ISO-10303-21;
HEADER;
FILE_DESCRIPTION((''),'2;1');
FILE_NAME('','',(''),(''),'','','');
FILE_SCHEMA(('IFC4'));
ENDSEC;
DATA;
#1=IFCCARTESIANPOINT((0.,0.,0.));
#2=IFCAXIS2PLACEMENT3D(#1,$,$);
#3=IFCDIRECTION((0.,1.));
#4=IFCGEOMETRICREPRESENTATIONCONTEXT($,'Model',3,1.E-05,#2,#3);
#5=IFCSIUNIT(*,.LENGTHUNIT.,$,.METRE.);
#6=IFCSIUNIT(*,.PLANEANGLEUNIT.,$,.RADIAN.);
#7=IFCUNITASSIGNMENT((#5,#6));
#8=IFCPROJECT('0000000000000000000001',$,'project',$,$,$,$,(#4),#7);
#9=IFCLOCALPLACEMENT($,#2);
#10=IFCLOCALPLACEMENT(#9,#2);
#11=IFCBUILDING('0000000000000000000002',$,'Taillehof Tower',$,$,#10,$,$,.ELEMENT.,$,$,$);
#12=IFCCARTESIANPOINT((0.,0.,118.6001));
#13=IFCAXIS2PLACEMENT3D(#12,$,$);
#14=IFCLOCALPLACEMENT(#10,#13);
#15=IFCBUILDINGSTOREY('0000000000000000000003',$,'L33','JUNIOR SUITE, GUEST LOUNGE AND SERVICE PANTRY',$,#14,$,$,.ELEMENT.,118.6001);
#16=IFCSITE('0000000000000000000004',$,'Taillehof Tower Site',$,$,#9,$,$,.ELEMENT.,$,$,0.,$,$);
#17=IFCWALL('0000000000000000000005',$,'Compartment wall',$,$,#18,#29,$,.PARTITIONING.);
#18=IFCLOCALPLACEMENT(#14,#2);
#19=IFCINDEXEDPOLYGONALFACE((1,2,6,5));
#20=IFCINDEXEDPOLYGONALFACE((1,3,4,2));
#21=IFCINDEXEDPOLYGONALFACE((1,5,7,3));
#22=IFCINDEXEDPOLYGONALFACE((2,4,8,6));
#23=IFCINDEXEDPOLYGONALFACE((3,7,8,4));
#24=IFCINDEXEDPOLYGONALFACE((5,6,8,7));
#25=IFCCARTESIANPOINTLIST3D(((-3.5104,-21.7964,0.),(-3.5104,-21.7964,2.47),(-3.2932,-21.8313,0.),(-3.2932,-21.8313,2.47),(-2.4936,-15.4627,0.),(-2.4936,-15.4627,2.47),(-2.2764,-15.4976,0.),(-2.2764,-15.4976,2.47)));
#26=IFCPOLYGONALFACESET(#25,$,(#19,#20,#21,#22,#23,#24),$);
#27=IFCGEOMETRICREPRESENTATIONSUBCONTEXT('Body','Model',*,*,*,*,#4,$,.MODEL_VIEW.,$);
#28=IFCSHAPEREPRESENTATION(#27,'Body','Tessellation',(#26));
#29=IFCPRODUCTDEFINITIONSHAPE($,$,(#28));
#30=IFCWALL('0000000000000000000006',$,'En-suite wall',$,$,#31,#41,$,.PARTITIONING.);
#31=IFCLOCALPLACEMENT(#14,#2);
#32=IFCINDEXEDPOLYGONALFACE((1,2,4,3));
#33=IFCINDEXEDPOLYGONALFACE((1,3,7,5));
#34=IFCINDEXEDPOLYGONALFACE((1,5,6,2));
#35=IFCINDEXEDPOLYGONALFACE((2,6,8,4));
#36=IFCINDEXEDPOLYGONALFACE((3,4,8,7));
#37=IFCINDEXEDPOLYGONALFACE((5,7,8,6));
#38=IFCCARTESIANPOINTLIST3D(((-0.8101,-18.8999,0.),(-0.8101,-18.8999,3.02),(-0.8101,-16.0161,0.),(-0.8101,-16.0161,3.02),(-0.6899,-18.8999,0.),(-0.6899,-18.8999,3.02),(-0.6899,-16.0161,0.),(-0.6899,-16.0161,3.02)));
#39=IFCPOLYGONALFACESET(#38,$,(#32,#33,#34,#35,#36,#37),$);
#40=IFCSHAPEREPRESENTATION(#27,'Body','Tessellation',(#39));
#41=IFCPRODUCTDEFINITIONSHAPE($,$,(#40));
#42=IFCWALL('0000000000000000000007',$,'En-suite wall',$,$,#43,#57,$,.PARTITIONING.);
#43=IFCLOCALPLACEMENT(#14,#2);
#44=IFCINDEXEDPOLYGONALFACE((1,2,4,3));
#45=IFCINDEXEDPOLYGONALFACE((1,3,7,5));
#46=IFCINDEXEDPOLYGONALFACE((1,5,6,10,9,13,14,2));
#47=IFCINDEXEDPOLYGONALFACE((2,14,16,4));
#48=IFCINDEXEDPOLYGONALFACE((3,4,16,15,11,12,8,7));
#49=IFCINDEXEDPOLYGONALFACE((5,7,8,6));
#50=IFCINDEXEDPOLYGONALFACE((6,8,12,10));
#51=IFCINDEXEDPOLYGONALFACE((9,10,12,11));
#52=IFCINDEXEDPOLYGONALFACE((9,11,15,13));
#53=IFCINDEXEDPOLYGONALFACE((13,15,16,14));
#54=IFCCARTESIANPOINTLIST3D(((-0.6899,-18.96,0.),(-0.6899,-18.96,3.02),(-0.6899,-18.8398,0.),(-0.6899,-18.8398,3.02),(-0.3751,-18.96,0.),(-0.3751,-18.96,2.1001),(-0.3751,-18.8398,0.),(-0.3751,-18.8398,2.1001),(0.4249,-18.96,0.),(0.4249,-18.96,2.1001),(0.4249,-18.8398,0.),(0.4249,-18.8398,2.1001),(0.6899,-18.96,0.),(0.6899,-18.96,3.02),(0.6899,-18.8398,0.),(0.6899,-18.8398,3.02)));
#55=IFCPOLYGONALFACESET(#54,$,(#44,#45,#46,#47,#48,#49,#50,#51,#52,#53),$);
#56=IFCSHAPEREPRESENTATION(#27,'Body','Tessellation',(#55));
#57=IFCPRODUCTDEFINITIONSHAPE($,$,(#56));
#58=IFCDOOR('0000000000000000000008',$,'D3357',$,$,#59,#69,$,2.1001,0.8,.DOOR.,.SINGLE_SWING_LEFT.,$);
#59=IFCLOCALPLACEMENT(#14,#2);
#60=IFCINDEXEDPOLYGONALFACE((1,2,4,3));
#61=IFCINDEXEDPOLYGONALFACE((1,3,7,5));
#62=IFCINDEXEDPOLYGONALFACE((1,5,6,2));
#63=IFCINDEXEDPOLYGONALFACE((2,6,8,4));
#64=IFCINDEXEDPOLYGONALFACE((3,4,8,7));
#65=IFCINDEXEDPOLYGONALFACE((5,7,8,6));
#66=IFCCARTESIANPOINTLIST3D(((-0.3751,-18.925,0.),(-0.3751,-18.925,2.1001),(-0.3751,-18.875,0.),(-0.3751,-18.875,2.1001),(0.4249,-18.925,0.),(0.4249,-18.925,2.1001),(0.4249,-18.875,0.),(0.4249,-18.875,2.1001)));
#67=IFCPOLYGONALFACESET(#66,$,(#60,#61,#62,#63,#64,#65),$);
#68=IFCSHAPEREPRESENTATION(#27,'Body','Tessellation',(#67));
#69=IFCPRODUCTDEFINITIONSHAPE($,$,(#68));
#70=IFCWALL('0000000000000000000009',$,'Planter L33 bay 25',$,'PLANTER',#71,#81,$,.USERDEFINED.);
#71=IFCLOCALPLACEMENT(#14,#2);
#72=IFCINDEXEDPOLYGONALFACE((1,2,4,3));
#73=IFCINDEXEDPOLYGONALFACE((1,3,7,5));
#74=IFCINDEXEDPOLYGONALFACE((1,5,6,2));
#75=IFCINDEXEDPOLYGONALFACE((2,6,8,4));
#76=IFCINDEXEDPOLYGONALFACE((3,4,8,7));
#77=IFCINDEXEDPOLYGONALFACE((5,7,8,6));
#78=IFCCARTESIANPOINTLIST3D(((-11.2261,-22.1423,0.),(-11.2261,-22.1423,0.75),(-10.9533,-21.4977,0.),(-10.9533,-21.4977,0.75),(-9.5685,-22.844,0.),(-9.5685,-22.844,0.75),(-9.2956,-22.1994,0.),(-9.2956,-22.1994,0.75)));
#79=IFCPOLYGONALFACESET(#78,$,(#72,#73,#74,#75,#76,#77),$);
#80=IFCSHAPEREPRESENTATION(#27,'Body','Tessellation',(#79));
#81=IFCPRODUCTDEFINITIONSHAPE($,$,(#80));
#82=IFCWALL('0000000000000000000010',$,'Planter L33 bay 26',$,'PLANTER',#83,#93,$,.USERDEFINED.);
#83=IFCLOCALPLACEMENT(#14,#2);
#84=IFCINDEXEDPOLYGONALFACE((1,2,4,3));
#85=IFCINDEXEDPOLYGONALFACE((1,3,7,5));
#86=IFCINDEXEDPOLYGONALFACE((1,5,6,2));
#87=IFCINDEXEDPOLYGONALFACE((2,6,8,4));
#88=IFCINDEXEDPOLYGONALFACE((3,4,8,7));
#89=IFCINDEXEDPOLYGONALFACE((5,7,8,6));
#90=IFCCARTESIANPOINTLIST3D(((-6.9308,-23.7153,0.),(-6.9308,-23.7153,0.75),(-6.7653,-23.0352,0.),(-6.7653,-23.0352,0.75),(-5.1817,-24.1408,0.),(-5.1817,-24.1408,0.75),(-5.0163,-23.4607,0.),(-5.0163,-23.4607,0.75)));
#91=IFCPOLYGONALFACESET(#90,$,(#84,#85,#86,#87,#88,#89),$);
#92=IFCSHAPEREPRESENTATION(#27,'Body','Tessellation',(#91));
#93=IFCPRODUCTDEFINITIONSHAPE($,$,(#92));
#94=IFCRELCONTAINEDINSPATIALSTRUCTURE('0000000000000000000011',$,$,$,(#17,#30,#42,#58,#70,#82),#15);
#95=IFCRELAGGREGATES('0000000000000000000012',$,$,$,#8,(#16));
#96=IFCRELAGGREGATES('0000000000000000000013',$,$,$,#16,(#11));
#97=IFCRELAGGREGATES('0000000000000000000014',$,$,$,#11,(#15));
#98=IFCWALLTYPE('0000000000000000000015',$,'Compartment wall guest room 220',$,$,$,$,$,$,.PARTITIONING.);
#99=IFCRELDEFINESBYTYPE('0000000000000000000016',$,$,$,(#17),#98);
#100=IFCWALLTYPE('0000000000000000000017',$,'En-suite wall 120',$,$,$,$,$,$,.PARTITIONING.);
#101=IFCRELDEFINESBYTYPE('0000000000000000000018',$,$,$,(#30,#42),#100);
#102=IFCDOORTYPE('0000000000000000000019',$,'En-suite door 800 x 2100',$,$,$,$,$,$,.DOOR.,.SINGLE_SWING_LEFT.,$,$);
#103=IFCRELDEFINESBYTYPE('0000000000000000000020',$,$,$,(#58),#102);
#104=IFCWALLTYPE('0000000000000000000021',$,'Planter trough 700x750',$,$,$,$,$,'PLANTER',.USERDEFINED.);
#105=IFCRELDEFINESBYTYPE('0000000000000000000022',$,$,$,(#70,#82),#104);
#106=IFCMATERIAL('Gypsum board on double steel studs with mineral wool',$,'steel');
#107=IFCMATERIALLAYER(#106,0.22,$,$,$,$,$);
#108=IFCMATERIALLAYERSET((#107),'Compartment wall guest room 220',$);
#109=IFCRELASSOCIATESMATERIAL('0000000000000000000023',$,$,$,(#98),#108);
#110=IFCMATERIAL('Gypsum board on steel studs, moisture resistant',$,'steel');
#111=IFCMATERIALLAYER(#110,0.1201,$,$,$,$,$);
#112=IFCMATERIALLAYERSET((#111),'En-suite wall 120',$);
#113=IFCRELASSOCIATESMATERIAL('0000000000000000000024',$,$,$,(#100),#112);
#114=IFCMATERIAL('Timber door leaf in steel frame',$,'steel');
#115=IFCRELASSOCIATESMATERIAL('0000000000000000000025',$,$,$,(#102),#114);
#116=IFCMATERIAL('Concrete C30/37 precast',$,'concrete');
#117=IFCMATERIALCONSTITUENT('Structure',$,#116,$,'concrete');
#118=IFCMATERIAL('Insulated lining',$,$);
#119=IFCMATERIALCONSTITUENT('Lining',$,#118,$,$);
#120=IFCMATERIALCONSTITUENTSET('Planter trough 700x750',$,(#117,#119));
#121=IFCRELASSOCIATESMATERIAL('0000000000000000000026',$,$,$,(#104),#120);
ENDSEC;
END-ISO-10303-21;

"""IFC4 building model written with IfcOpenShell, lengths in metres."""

from ifc_helpers import new_model, si_unit, direction, frame, frame_2d, origin, place, context, subcontext, project, spatial, rectangle, extrude, material, layer, layer_set, constituent, constituent_set, type_object, element, fill, save


model = new_model("IFC4")

# Units and contexts
model_context = context("Model", 3, precision=1e-05, world=origin(), true_north=direction((0.0, 1.0)))
body_context = subcontext(model_context, "Body", "Model", "MODEL_VIEW")
ifc_project = project(units=[si_unit("LENGTHUNIT", "METRE"), si_unit("PLANEANGLEUNIT", "RADIAN")], contexts=[model_context])

# Site, building, storey
site_placement = place(None, origin())
site = spatial("IfcSite", under=ifc_project, at=site_placement, Name="Taillehof Tower Site", CompositionType="ELEMENT", RefElevation=0.0)
building_placement = place(site_placement, origin())
building = spatial("IfcBuilding", under=site, at=building_placement, Name="Taillehof Tower", CompositionType="ELEMENT")
storey_placement = place(building_placement, frame((0.0, 0.0, 118.6001)))
storey = spatial("IfcBuildingStorey", under=building, at=storey_placement, Name="L33", Description="JUNIOR SUITE, GUEST LOUNGE AND SERVICE PANTRY", CompositionType="ELEMENT", Elevation=118.6001)

# Walls
ifc_material_1 = material(Name="Gypsum board on double steel studs with mineral wool", Category="steel")
ifc_layer_1 = layer(ifc_material_1, 0.22)
ifc_layer_set_1 = layer_set([ifc_layer_1], Name="Compartment wall guest room 220")
wall_type_1 = type_object("IfcWallType", Name="Compartment wall guest room 220", PredefinedType="PARTITIONING", material=ifc_layer_set_1)
wall_1_placement = place(storey_placement, frame((-3.4019, -21.814, 0.0), z_axis=(0.0, 0.0, 1.0), x_axis=(0.158514, 0.987357, 0.0)))
element("IfcWall", 1, at=wall_1_placement, inside=storey, type_object=wall_type_1, Name="Compartment wall", PredefinedType="PARTITIONING", context=body_context, shape_type="SweptSolid", body=[
    extrude(rectangle(XDim=6.4148, YDim=0.22, at=frame_2d((3.2075, 0.0))), origin(), (0.0, 0.0, 1.0), 2.47),
])
ifc_material_2 = material(Name="Gypsum board on steel studs, moisture resistant", Category="steel")
ifc_layer_2 = layer(ifc_material_2, 0.1201)
ifc_layer_set_2 = layer_set([ifc_layer_2], Name="En-suite wall 120")
wall_type_2 = type_object("IfcWallType", Name="En-suite wall 120", PredefinedType="PARTITIONING", material=ifc_layer_set_2)
wall_2_placement = place(storey_placement, frame((-0.75, -16.0161, 0.0), z_axis=(0.0, 0.0, 1.0), x_axis=(0.0, -1.0, 0.0)))
element("IfcWall", 2, at=wall_2_placement, inside=storey, type_object=wall_type_2, Name="En-suite wall", PredefinedType="PARTITIONING", context=body_context, shape_type="SweptSolid", body=[
    extrude(rectangle(XDim=2.8838, YDim=0.1201, at=frame_2d((1.4419, 0.0))), origin(), (0.0, 0.0, 1.0), 3.02),
])

# Wall, opening, door
wall_3_placement = place(storey_placement, frame((-0.6899, -18.8999, 0.0), z_axis=(0.0, 0.0, 1.0), x_axis=(1.0, 0.0, 0.0)))
wall_3 = element("IfcWall", 3, at=wall_3_placement, inside=storey, type_object=wall_type_2, Name="En-suite wall", PredefinedType="PARTITIONING", context=body_context, shape_type="SweptSolid", body=[
    extrude(rectangle(XDim=1.3799, YDim=0.1201, at=frame_2d((0.6899, 0.0))), origin(), (0.0, 0.0, 1.0), 3.02),
])
opening_1_placement = place(wall_3_placement, frame((0.3149, 0.0, 0.0)))
opening_1 = element("IfcOpeningElement", 4, at=opening_1_placement, cuts=wall_3, PredefinedType="OPENING", context=body_context, shape_type="SweptSolid", body=[
    extrude(rectangle(XDim=0.8, YDim=2.1001, at=frame_2d((0.3999, 1.05))), frame((0.0, 0.0701, 0.0), z_axis=(0.0, -1.0, 0.0), x_axis=(1.0, 0.0, 0.0)), (0.0, 0.0, 1.0), 0.1401),
])
ifc_material_3 = material(Name="Timber door leaf in steel frame", Category="steel")
door_type_1 = type_object("IfcDoorType", Name="En-suite door 800 x 2100", OperationType="SINGLE_SWING_LEFT", PredefinedType="DOOR", material=ifc_material_3)
door_1_placement = place(opening_1_placement, origin())
door_1 = element("IfcDoor", 5, at=door_1_placement, inside=storey, type_object=door_type_1, Name="D3357", OperationType="SINGLE_SWING_LEFT", OverallHeight=2.1001, OverallWidth=0.8, PredefinedType="DOOR", context=body_context, shape_type="SweptSolid", body=[
    extrude(rectangle(XDim=0.8, YDim=2.1001, at=frame_2d((0.3999, 1.05))), frame((0.0, 0.0249, 0.0), z_axis=(0.0, -1.0, 0.0), x_axis=(1.0, 0.0, 0.0)), (0.0, 0.0, 1.0), 0.05),
])
fill(opening_1, door_1)

# Walls
ifc_material_4 = material(Name="Concrete C30/37 precast", Category="concrete")
ifc_constituent_1 = constituent(ifc_material_4, Name="Structure", Category="concrete")
ifc_material_5 = material(Name="Insulated lining")
ifc_constituent_2 = constituent(ifc_material_5, Name="Lining")
ifc_constituent_set = constituent_set(constituents=[ifc_constituent_1, ifc_constituent_2], Name="Planter trough 700x750")
wall_type_3 = type_object("IfcWallType", Name="Planter trough 700x750", ElementType="PLANTER", PredefinedType="USERDEFINED", material=ifc_constituent_set)
for number, where, z_axis, x_axis, name in (
    (6, (-11.0896, -21.8201, 0.0), (0.0, 0.0, 1.0), (0.920904, -0.38979, 0.0), "Planter L33 bay 25"),
    (7, (-6.8479, -23.3752, 0.0), (0.0, 0.0, 1.0), (0.971655, -0.236403, 0.0), "Planter L33 bay 26"),
):
    element("IfcWall", number, at=place(storey_placement, frame(where, z_axis=z_axis, x_axis=x_axis)), inside=storey, type_object=wall_type_3, Name=name, ObjectType="PLANTER", PredefinedType="USERDEFINED", context=body_context, shape_type="SweptSolid", body=[
        extrude(rectangle(XDim=1.8, YDim=0.7, at=frame_2d((0.8999, 0.0))), origin(), (0.0, 0.0, 1.0), 0.75),
    ])

save(model, "model.ifc")
